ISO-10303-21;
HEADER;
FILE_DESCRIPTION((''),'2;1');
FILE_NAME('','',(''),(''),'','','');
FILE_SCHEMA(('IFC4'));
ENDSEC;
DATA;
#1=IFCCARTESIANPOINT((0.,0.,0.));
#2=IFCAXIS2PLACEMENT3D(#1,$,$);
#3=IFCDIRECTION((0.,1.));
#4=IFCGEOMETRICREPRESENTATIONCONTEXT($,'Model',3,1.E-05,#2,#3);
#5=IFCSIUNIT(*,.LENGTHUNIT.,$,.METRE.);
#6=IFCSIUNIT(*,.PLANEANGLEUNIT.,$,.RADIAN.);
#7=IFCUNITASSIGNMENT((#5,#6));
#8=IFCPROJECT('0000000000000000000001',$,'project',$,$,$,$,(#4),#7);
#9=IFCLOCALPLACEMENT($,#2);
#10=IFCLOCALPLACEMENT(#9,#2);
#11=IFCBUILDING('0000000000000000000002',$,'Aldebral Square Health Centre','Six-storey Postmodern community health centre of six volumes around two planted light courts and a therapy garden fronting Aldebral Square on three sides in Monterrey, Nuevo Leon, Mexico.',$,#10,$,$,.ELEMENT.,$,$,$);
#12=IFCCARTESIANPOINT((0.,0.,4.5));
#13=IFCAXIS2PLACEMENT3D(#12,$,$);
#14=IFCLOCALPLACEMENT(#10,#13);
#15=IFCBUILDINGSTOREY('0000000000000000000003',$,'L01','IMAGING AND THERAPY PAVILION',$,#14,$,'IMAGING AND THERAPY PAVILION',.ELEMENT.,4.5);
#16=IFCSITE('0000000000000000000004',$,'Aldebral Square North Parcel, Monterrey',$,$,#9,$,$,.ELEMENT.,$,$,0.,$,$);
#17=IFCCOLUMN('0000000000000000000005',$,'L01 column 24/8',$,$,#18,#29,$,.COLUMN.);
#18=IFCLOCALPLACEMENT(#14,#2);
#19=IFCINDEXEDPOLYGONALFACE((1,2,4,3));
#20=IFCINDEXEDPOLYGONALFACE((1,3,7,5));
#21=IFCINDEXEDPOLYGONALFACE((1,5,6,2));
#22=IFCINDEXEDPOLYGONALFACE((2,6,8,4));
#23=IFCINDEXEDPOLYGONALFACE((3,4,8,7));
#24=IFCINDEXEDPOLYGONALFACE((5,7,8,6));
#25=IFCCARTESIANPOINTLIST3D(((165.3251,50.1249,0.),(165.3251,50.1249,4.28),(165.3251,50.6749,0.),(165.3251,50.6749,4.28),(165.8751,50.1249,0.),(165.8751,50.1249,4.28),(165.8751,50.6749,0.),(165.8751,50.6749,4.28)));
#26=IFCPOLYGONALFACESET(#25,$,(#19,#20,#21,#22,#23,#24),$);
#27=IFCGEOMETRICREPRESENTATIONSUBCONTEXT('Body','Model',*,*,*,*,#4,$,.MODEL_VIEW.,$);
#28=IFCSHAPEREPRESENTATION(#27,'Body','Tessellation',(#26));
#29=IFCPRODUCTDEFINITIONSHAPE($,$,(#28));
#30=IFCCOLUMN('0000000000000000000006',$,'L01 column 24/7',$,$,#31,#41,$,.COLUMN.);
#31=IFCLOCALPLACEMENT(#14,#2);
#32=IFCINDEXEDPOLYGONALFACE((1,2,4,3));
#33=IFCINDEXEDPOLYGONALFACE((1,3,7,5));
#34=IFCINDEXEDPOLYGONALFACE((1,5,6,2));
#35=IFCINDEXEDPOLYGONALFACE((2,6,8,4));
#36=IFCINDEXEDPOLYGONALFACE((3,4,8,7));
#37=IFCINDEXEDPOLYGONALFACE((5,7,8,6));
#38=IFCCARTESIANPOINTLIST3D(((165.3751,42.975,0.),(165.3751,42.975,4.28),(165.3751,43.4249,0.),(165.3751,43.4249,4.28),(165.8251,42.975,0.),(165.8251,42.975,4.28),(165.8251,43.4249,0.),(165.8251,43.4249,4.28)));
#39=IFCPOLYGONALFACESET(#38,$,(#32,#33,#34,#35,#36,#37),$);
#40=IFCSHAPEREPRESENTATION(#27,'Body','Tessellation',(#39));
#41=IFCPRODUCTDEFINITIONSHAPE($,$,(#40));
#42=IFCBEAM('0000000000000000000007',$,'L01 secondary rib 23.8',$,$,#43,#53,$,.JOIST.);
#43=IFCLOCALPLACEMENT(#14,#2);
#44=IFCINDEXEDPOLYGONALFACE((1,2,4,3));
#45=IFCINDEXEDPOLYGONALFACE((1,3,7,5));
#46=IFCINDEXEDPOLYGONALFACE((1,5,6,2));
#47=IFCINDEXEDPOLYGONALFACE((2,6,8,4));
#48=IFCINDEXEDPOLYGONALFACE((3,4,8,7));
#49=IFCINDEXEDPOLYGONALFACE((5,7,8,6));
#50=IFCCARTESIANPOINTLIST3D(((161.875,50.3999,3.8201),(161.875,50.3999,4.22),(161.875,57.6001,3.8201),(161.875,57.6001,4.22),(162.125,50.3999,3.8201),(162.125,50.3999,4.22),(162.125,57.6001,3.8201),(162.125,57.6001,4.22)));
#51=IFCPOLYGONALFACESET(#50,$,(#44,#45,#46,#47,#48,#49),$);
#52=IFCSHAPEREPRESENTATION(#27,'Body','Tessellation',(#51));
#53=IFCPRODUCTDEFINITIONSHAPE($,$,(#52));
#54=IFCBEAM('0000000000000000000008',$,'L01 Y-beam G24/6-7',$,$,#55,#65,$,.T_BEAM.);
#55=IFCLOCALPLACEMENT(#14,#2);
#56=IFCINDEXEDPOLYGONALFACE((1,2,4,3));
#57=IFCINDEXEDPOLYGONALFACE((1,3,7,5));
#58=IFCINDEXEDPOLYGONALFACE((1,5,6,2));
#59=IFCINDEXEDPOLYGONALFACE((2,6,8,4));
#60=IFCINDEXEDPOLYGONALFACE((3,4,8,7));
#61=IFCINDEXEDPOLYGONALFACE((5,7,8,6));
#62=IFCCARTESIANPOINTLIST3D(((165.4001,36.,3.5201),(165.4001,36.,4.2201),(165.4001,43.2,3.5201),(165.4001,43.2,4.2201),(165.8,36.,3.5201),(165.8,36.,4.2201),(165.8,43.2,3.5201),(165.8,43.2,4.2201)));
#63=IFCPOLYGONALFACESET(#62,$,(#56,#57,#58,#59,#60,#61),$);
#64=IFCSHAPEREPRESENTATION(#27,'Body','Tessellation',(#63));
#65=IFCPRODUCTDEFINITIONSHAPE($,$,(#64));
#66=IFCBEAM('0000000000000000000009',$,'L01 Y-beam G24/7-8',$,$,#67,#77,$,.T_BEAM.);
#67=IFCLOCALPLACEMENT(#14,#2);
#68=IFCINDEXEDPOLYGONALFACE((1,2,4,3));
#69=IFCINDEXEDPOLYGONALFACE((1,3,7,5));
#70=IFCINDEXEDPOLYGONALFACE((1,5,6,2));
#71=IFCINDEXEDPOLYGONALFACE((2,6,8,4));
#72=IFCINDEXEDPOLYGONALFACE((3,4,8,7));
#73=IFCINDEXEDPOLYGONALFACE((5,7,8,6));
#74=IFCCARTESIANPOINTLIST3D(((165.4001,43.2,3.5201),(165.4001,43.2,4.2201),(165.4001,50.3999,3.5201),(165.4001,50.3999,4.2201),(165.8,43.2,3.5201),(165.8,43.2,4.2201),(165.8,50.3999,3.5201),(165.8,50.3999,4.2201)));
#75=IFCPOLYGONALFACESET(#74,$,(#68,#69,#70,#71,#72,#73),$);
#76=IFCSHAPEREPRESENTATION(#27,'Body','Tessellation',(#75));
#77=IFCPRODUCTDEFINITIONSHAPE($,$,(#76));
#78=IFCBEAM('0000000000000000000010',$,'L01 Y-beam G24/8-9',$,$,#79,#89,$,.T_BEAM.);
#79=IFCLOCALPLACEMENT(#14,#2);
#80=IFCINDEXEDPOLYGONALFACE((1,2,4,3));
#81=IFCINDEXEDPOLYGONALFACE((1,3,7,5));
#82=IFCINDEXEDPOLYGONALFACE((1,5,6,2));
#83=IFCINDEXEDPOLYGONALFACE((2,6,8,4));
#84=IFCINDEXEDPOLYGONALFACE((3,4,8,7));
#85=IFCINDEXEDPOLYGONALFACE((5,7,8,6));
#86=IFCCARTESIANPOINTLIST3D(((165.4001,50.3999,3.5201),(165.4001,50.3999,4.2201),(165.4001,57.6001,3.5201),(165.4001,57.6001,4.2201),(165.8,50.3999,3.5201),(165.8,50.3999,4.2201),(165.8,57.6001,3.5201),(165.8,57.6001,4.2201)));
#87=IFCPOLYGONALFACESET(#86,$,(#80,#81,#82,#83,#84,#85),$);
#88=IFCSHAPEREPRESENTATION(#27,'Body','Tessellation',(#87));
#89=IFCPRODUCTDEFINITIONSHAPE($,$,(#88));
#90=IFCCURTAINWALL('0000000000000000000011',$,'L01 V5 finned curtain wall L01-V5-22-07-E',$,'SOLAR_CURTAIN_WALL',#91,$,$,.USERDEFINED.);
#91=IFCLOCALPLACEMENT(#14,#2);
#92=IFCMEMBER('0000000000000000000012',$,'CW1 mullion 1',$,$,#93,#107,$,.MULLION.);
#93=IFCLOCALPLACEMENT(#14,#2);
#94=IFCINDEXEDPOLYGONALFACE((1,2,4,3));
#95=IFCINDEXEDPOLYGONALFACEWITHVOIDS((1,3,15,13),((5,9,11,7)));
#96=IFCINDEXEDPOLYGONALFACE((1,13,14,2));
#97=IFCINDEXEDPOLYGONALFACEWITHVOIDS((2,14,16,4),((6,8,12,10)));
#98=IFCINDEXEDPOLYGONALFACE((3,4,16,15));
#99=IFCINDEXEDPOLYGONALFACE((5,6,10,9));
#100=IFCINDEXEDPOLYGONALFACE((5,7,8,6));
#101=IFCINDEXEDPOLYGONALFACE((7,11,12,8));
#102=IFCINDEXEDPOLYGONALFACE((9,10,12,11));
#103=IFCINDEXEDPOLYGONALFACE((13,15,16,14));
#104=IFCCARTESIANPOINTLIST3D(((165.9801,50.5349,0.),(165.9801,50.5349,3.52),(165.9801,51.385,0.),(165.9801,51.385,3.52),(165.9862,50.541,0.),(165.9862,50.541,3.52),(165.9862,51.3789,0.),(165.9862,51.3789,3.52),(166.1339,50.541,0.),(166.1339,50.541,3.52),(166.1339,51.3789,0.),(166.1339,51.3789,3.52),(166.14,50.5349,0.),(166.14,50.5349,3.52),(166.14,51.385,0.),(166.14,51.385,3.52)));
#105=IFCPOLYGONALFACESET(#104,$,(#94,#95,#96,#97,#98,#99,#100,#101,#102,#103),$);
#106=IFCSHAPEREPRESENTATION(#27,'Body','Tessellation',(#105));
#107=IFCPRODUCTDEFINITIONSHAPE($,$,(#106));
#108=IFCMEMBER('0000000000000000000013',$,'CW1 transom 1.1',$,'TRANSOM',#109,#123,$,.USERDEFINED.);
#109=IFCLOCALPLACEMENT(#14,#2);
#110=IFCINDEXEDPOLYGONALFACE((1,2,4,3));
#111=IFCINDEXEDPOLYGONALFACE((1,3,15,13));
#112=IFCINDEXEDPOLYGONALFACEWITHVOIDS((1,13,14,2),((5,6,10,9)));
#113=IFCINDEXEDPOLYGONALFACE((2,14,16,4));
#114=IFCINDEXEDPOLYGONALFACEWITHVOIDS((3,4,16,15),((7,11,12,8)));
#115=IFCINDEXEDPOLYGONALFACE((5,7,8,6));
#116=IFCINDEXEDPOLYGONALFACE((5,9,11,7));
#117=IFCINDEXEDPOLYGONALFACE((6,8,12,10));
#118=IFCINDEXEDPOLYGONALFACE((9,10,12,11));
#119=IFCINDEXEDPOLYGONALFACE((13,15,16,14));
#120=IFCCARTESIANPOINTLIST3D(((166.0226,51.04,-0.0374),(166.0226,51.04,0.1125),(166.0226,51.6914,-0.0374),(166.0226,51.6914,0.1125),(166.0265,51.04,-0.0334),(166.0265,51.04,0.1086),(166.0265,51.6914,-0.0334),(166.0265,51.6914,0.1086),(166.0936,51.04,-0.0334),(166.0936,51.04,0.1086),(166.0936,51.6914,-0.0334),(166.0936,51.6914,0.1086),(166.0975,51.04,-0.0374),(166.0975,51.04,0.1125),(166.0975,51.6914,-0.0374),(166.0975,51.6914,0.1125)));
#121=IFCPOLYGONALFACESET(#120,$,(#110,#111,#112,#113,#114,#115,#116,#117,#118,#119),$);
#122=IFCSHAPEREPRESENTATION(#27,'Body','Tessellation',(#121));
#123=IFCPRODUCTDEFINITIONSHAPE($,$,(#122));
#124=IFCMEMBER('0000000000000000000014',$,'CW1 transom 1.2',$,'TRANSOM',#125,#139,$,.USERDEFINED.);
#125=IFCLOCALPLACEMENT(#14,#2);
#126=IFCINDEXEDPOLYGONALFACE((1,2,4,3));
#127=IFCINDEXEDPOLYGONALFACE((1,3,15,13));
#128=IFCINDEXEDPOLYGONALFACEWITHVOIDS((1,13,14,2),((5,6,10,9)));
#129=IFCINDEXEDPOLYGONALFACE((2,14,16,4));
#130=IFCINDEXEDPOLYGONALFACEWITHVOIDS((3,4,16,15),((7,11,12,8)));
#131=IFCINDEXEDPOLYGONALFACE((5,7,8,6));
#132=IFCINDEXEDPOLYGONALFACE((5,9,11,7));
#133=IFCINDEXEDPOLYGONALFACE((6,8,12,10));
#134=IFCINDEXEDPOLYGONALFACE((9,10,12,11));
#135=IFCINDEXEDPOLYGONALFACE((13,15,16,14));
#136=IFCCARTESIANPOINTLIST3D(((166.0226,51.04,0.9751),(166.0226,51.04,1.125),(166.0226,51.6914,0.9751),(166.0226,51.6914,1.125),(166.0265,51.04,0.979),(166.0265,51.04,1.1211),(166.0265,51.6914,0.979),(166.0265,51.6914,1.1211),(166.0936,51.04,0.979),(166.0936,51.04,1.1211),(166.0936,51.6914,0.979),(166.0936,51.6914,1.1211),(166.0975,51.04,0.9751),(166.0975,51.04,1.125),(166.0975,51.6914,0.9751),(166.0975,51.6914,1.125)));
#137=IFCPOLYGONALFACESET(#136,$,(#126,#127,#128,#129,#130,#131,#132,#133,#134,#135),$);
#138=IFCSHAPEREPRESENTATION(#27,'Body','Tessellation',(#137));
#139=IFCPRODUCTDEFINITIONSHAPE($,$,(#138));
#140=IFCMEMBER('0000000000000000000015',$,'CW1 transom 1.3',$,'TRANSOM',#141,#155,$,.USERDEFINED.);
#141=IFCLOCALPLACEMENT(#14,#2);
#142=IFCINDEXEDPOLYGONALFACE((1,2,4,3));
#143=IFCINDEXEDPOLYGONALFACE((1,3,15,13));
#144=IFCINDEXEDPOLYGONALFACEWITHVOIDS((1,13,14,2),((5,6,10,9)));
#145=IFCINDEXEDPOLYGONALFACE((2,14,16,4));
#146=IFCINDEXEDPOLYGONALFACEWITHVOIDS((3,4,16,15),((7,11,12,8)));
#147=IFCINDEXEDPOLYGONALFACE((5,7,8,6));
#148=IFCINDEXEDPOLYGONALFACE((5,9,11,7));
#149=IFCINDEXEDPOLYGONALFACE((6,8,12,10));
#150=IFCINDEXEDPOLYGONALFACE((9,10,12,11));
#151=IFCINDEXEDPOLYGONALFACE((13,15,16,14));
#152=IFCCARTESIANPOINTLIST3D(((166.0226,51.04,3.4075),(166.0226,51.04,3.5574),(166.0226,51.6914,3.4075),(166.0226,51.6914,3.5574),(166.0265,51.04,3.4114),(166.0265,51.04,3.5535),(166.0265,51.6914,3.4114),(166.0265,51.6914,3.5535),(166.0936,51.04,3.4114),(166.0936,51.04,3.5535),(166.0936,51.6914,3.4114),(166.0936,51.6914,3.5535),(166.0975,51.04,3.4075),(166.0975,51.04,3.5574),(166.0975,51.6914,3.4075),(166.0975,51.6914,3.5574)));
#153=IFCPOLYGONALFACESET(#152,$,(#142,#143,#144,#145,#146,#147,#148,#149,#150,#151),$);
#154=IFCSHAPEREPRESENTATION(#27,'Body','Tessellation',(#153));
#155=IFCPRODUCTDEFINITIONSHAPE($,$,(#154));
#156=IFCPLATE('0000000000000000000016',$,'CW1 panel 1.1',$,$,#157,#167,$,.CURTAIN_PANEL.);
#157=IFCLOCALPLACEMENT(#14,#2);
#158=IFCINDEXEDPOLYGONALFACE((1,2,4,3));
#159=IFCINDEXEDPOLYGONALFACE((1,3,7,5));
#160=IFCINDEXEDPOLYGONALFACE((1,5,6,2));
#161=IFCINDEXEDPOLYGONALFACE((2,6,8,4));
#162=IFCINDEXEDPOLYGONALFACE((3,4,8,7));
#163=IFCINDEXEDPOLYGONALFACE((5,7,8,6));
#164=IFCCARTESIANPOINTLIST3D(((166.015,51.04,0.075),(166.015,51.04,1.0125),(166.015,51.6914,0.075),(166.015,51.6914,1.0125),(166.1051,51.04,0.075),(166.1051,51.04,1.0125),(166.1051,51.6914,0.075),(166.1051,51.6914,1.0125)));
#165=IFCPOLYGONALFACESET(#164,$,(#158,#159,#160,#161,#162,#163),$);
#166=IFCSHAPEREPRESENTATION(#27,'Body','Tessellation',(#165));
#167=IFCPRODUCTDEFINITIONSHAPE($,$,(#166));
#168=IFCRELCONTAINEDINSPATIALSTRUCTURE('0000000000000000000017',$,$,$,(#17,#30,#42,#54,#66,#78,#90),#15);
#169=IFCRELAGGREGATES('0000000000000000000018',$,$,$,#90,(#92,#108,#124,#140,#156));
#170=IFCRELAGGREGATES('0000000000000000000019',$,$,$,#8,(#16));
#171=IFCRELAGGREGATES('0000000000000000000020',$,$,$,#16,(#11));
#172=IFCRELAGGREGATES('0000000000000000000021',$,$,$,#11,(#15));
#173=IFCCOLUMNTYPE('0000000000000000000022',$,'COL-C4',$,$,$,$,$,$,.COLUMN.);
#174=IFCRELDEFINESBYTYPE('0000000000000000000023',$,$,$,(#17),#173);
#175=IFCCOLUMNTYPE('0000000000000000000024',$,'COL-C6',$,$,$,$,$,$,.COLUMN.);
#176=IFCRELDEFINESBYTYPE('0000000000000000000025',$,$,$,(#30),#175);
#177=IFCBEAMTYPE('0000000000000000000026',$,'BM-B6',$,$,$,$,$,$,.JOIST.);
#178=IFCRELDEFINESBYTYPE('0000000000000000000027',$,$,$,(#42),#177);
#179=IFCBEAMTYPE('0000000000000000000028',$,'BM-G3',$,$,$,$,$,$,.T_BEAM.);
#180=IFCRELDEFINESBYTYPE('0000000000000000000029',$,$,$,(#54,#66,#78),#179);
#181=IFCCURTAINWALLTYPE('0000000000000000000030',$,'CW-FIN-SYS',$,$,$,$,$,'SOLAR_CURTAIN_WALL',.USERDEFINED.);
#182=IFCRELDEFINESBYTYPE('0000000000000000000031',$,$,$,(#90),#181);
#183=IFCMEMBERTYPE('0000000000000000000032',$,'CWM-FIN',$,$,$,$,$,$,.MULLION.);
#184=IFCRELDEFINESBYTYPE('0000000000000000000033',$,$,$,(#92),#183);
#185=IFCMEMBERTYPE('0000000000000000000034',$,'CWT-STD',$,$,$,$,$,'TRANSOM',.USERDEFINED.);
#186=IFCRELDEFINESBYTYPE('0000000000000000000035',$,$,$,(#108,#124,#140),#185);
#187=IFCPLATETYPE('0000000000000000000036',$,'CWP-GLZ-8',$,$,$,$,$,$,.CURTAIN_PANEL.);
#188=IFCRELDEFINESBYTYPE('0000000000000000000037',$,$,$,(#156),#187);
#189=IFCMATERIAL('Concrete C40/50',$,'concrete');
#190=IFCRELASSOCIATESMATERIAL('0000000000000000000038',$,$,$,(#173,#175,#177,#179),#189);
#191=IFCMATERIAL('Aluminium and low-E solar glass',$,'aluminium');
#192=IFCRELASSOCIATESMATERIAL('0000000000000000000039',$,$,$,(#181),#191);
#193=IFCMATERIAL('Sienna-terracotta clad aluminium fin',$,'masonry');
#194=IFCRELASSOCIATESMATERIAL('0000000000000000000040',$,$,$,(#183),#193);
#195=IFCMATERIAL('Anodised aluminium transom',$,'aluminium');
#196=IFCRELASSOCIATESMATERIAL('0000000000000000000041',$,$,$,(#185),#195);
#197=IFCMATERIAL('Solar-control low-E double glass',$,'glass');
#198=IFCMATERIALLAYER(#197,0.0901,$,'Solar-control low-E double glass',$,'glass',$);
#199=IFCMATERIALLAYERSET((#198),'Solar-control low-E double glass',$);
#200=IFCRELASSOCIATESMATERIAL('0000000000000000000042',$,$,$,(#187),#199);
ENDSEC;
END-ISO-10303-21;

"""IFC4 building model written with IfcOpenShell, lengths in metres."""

from ifc_helpers import new_model, si_unit, direction, frame, origin, origin_2d, place, context, subcontext, project, spatial, rectangle, hollow_rectangle, extrude, material, layer, layer_set, material_profile, profile_set, type_object, element, aggregate, save


model = new_model("IFC4")

# Units and contexts
model_context = context("Model", 3, precision=1e-05, world=origin(), true_north=direction((0.0, 1.0)))
body_context = subcontext(model_context, "Body", "Model", "MODEL_VIEW")
ifc_project = project(units=[si_unit("LENGTHUNIT", "METRE"), si_unit("PLANEANGLEUNIT", "RADIAN")], contexts=[model_context])

# Site, building, storey
site_placement = place(None, origin())
site = spatial("IfcSite", under=ifc_project, at=site_placement, Name="Aldebral Square North Parcel, Monterrey", CompositionType="ELEMENT", RefElevation=0.0)
building_placement = place(site_placement, origin())
building = spatial("IfcBuilding", under=site, at=building_placement, Name="Aldebral Square Health Centre", Description="Six-storey Postmodern community health centre of six volumes around two planted light courts and a therapy garden fronting Aldebral Square on three sides in Monterrey, Nuevo Leon, Mexico.", CompositionType="ELEMENT")
storey_placement = place(building_placement, frame((0.0, 0.0, 4.5)))
storey = spatial("IfcBuildingStorey", under=building, at=storey_placement, Name="L01", Description="IMAGING AND THERAPY PAVILION", LongName="IMAGING AND THERAPY PAVILION", CompositionType="ELEMENT", Elevation=4.5)

# Columns
ifc_material_1 = material(Name="Concrete C40/50", Category="concrete")
ifc_material_profile_1 = material_profile(ifc_material_1, rectangle(XDim=0.55, YDim=0.55, at=origin_2d()), Name="RC 550x550")
ifc_profile_set_1 = profile_set([ifc_material_profile_1], Name="Concrete C40/50")
column_type_1 = type_object("IfcColumnType", Name="COL-C4", PredefinedType="COLUMN", material=ifc_profile_set_1)
column_1_placement = place(storey_placement, frame((165.6001, 50.3999, 0.0), z_axis=(0.0, 0.0, 1.0), x_axis=(1.0, 0.0, 0.0)))
element("IfcColumn", 1, at=column_1_placement, inside=storey, type_object=column_type_1, Name="L01 column 24/8", PredefinedType="COLUMN", context=body_context, shape_type="SweptSolid", body=[
    extrude(rectangle(XDim=0.55, YDim=0.55, at=origin_2d()), origin(), (0.0, 0.0, 1.0), 4.28),
])
ifc_material_profile_2 = material_profile(ifc_material_1, rectangle(XDim=0.45, YDim=0.45, at=origin_2d()), Name="RC 450x450")
ifc_profile_set_2 = profile_set([ifc_material_profile_2], Name="Concrete C40/50")
column_type_2 = type_object("IfcColumnType", Name="COL-C6", PredefinedType="COLUMN", material=ifc_profile_set_2)
column_2_placement = place(storey_placement, frame((165.6001, 43.2, 0.0), z_axis=(0.0, 0.0, 1.0), x_axis=(1.0, 0.0, 0.0)))
element("IfcColumn", 2, at=column_2_placement, inside=storey, type_object=column_type_2, Name="L01 column 24/7", PredefinedType="COLUMN", context=body_context, shape_type="SweptSolid", body=[
    extrude(rectangle(XDim=0.45, YDim=0.45, at=origin_2d()), origin(), (0.0, 0.0, 1.0), 4.28),
])

# Beams
ifc_material_profile_3 = material_profile(ifc_material_1, rectangle(XDim=0.25, YDim=0.3999, at=origin_2d()), Name="RC 250x400")
ifc_profile_set_3 = profile_set([ifc_material_profile_3], Name="Concrete C40/50")
beam_type_1 = type_object("IfcBeamType", Name="BM-B6", PredefinedType="JOIST", material=ifc_profile_set_3)
beam_1_placement = place(storey_placement, frame((162.0, 50.3999, 4.02), z_axis=(0.0, 1.0, 0.0), x_axis=(-1.0, 0.0, 0.0)))
element("IfcBeam", 3, at=beam_1_placement, inside=storey, type_object=beam_type_1, Name="L01 secondary rib 23.8", PredefinedType="JOIST", context=body_context, shape_type="SweptSolid", body=[
    extrude(rectangle(XDim=0.25, YDim=0.3999, at=origin_2d()), origin(), (0.0, 0.0, 1.0), 7.2002),
])
ifc_material_profile_4 = material_profile(ifc_material_1, rectangle(XDim=0.3999, YDim=0.7, at=origin_2d()), Name="RC 400x700")
ifc_profile_set_4 = profile_set([ifc_material_profile_4], Name="Concrete C40/50")
beam_type_2 = type_object("IfcBeamType", Name="BM-G3", PredefinedType="T_BEAM", material=ifc_profile_set_4)
for number, where, z_axis, x_axis, name in (
    (4, (165.6001, 36.0, 3.8701), (0.0, 1.0, 0.0), (-1.0, 0.0, 0.0), "L01 Y-beam G24/6-7"),
    (5, (165.6001, 43.2, 3.8701), (0.0, 1.0, 0.0), (-1.0, 0.0, 0.0), "L01 Y-beam G24/7-8"),
):
    element("IfcBeam", number, at=place(storey_placement, frame(where, z_axis=z_axis, x_axis=x_axis)), inside=storey, type_object=beam_type_2, Name=name, PredefinedType="T_BEAM", context=body_context, shape_type="SweptSolid", body=[
        extrude(rectangle(XDim=0.3999, YDim=0.7, at=origin_2d()), origin(), (0.0, 0.0, 1.0), 7.2),
    ])
beam_2_placement = place(storey_placement, frame((165.6001, 50.3999, 3.8701), z_axis=(0.0, 1.0, 0.0), x_axis=(-1.0, 0.0, 0.0)))
element("IfcBeam", 6, at=beam_2_placement, inside=storey, type_object=beam_type_2, Name="L01 Y-beam G24/8-9", PredefinedType="T_BEAM", context=body_context, shape_type="SweptSolid", body=[
    extrude(rectangle(XDim=0.3999, YDim=0.7, at=origin_2d()), origin(), (0.0, 0.0, 1.0), 7.2002),
])

# Curtain wall, members, plate
ifc_material_2 = material(Name="Aluminium and low-E solar glass", Category="aluminium")
curtain_wall_type = type_object("IfcCurtainWallType", Name="CW-FIN-SYS", ElementType="SOLAR_CURTAIN_WALL", PredefinedType="USERDEFINED", material=ifc_material_2)
curtain_wall_placement = place(storey_placement, origin())
curtain_wall = element("IfcCurtainWall", 7, at=curtain_wall_placement, inside=storey, type_object=curtain_wall_type, Name="L01 V5 finned curtain wall L01-V5-22-07-E", ObjectType="SOLAR_CURTAIN_WALL", PredefinedType="USERDEFINED")
ifc_material_3 = material(Name="Sienna-terracotta clad aluminium fin", Category="masonry")
ifc_material_profile_5 = material_profile(ifc_material_3, hollow_rectangle(XDim=0.1599, YDim=0.8501, WallThickness=0.0061, at=origin_2d()), Name="FIN 160x850x6")
ifc_profile_set_5 = profile_set([ifc_material_profile_5], Name="Sienna-terracotta clad aluminium fin")
member_type_1 = type_object("IfcMemberType", Name="CWM-FIN", PredefinedType="MULLION", material=ifc_profile_set_5)
member_1_placement = place(storey_placement, frame((166.0601, 50.96, 0.0), z_axis=(0.0, 0.0, 1.0), x_axis=(-1.0, 0.0, 0.0)))
member_1 = element("IfcMember", 8, at=member_1_placement, type_object=member_type_1, Name="CW1 mullion 1", PredefinedType="MULLION", context=body_context, shape_type="SweptSolid", body=[
    extrude(hollow_rectangle(XDim=0.1599, YDim=0.8501, WallThickness=0.0061, at=origin_2d()), origin(), (0.0, 0.0, 1.0), 3.52),
])
ifc_material_4 = material(Name="Anodised aluminium transom", Category="aluminium")
ifc_material_profile_6 = material_profile(ifc_material_4, hollow_rectangle(XDim=0.075, YDim=0.1499, WallThickness=0.0039, at=origin_2d()), Name="CWT 75x150x4")
ifc_profile_set_6 = profile_set([ifc_material_profile_6], Name="Anodised aluminium transom")
member_type_2 = type_object("IfcMemberType", Name="CWT-STD", ElementType="TRANSOM", PredefinedType="USERDEFINED", material=ifc_profile_set_6)
member_2_placement = place(storey_placement, frame((166.0601, 51.04, 0.0376), z_axis=(0.0, 1.0, 0.0), x_axis=(-1.0, 0.0, 0.0)))
member_2 = element("IfcMember", 9, at=member_2_placement, type_object=member_type_2, Name="CW1 transom 1.1", ObjectType="TRANSOM", PredefinedType="USERDEFINED", context=body_context, shape_type="SweptSolid", body=[
    extrude(hollow_rectangle(XDim=0.075, YDim=0.1499, WallThickness=0.0039, at=origin_2d()), origin(), (0.0, 0.0, 1.0), 0.6514),
])
member_3_placement = place(storey_placement, frame((166.0601, 51.04, 1.05), z_axis=(0.0, 1.0, 0.0), x_axis=(-1.0, 0.0, 0.0)))
member_3 = element("IfcMember", 10, at=member_3_placement, type_object=member_type_2, Name="CW1 transom 1.2", ObjectType="TRANSOM", PredefinedType="USERDEFINED", context=body_context, shape_type="SweptSolid", body=[
    extrude(hollow_rectangle(XDim=0.075, YDim=0.1499, WallThickness=0.0039, at=origin_2d()), origin(), (0.0, 0.0, 1.0), 0.6514),
])
member_4_placement = place(storey_placement, frame((166.0601, 51.04, 3.4824), z_axis=(0.0, 1.0, 0.0), x_axis=(-1.0, 0.0, 0.0)))
member_4 = element("IfcMember", 11, at=member_4_placement, type_object=member_type_2, Name="CW1 transom 1.3", ObjectType="TRANSOM", PredefinedType="USERDEFINED", context=body_context, shape_type="SweptSolid", body=[
    extrude(hollow_rectangle(XDim=0.075, YDim=0.1499, WallThickness=0.0039, at=origin_2d()), origin(), (0.0, 0.0, 1.0), 0.6514),
])
ifc_material_5 = material(Name="Solar-control low-E double glass", Category="glass")
ifc_layer_1 = layer(ifc_material_5, 0.0901, Name="Solar-control low-E double glass", Category="glass")
ifc_layer_set_1 = layer_set([ifc_layer_1], Name="Solar-control low-E double glass")
plate_type = type_object("IfcPlateType", Name="CWP-GLZ-8", PredefinedType="CURTAIN_PANEL", material=ifc_layer_set_1)
plate_placement = place(storey_placement, frame((166.0601, 51.3657, 0.075), z_axis=(0.0, 0.0, 1.0), x_axis=(0.0, 1.0, 0.0)))
plate = element("IfcPlate", 12, at=plate_placement, type_object=plate_type, Name="CW1 panel 1.1", PredefinedType="CURTAIN_PANEL", context=body_context, shape_type="SweptSolid", body=[
    extrude(rectangle(XDim=0.6514, YDim=0.0901, at=origin_2d()), origin(), (0.0, 0.0, 1.0), 0.9375),
])
aggregate(curtain_wall, [member_1, member_2, member_3, member_4, plate])

save(model, "model.ifc")
